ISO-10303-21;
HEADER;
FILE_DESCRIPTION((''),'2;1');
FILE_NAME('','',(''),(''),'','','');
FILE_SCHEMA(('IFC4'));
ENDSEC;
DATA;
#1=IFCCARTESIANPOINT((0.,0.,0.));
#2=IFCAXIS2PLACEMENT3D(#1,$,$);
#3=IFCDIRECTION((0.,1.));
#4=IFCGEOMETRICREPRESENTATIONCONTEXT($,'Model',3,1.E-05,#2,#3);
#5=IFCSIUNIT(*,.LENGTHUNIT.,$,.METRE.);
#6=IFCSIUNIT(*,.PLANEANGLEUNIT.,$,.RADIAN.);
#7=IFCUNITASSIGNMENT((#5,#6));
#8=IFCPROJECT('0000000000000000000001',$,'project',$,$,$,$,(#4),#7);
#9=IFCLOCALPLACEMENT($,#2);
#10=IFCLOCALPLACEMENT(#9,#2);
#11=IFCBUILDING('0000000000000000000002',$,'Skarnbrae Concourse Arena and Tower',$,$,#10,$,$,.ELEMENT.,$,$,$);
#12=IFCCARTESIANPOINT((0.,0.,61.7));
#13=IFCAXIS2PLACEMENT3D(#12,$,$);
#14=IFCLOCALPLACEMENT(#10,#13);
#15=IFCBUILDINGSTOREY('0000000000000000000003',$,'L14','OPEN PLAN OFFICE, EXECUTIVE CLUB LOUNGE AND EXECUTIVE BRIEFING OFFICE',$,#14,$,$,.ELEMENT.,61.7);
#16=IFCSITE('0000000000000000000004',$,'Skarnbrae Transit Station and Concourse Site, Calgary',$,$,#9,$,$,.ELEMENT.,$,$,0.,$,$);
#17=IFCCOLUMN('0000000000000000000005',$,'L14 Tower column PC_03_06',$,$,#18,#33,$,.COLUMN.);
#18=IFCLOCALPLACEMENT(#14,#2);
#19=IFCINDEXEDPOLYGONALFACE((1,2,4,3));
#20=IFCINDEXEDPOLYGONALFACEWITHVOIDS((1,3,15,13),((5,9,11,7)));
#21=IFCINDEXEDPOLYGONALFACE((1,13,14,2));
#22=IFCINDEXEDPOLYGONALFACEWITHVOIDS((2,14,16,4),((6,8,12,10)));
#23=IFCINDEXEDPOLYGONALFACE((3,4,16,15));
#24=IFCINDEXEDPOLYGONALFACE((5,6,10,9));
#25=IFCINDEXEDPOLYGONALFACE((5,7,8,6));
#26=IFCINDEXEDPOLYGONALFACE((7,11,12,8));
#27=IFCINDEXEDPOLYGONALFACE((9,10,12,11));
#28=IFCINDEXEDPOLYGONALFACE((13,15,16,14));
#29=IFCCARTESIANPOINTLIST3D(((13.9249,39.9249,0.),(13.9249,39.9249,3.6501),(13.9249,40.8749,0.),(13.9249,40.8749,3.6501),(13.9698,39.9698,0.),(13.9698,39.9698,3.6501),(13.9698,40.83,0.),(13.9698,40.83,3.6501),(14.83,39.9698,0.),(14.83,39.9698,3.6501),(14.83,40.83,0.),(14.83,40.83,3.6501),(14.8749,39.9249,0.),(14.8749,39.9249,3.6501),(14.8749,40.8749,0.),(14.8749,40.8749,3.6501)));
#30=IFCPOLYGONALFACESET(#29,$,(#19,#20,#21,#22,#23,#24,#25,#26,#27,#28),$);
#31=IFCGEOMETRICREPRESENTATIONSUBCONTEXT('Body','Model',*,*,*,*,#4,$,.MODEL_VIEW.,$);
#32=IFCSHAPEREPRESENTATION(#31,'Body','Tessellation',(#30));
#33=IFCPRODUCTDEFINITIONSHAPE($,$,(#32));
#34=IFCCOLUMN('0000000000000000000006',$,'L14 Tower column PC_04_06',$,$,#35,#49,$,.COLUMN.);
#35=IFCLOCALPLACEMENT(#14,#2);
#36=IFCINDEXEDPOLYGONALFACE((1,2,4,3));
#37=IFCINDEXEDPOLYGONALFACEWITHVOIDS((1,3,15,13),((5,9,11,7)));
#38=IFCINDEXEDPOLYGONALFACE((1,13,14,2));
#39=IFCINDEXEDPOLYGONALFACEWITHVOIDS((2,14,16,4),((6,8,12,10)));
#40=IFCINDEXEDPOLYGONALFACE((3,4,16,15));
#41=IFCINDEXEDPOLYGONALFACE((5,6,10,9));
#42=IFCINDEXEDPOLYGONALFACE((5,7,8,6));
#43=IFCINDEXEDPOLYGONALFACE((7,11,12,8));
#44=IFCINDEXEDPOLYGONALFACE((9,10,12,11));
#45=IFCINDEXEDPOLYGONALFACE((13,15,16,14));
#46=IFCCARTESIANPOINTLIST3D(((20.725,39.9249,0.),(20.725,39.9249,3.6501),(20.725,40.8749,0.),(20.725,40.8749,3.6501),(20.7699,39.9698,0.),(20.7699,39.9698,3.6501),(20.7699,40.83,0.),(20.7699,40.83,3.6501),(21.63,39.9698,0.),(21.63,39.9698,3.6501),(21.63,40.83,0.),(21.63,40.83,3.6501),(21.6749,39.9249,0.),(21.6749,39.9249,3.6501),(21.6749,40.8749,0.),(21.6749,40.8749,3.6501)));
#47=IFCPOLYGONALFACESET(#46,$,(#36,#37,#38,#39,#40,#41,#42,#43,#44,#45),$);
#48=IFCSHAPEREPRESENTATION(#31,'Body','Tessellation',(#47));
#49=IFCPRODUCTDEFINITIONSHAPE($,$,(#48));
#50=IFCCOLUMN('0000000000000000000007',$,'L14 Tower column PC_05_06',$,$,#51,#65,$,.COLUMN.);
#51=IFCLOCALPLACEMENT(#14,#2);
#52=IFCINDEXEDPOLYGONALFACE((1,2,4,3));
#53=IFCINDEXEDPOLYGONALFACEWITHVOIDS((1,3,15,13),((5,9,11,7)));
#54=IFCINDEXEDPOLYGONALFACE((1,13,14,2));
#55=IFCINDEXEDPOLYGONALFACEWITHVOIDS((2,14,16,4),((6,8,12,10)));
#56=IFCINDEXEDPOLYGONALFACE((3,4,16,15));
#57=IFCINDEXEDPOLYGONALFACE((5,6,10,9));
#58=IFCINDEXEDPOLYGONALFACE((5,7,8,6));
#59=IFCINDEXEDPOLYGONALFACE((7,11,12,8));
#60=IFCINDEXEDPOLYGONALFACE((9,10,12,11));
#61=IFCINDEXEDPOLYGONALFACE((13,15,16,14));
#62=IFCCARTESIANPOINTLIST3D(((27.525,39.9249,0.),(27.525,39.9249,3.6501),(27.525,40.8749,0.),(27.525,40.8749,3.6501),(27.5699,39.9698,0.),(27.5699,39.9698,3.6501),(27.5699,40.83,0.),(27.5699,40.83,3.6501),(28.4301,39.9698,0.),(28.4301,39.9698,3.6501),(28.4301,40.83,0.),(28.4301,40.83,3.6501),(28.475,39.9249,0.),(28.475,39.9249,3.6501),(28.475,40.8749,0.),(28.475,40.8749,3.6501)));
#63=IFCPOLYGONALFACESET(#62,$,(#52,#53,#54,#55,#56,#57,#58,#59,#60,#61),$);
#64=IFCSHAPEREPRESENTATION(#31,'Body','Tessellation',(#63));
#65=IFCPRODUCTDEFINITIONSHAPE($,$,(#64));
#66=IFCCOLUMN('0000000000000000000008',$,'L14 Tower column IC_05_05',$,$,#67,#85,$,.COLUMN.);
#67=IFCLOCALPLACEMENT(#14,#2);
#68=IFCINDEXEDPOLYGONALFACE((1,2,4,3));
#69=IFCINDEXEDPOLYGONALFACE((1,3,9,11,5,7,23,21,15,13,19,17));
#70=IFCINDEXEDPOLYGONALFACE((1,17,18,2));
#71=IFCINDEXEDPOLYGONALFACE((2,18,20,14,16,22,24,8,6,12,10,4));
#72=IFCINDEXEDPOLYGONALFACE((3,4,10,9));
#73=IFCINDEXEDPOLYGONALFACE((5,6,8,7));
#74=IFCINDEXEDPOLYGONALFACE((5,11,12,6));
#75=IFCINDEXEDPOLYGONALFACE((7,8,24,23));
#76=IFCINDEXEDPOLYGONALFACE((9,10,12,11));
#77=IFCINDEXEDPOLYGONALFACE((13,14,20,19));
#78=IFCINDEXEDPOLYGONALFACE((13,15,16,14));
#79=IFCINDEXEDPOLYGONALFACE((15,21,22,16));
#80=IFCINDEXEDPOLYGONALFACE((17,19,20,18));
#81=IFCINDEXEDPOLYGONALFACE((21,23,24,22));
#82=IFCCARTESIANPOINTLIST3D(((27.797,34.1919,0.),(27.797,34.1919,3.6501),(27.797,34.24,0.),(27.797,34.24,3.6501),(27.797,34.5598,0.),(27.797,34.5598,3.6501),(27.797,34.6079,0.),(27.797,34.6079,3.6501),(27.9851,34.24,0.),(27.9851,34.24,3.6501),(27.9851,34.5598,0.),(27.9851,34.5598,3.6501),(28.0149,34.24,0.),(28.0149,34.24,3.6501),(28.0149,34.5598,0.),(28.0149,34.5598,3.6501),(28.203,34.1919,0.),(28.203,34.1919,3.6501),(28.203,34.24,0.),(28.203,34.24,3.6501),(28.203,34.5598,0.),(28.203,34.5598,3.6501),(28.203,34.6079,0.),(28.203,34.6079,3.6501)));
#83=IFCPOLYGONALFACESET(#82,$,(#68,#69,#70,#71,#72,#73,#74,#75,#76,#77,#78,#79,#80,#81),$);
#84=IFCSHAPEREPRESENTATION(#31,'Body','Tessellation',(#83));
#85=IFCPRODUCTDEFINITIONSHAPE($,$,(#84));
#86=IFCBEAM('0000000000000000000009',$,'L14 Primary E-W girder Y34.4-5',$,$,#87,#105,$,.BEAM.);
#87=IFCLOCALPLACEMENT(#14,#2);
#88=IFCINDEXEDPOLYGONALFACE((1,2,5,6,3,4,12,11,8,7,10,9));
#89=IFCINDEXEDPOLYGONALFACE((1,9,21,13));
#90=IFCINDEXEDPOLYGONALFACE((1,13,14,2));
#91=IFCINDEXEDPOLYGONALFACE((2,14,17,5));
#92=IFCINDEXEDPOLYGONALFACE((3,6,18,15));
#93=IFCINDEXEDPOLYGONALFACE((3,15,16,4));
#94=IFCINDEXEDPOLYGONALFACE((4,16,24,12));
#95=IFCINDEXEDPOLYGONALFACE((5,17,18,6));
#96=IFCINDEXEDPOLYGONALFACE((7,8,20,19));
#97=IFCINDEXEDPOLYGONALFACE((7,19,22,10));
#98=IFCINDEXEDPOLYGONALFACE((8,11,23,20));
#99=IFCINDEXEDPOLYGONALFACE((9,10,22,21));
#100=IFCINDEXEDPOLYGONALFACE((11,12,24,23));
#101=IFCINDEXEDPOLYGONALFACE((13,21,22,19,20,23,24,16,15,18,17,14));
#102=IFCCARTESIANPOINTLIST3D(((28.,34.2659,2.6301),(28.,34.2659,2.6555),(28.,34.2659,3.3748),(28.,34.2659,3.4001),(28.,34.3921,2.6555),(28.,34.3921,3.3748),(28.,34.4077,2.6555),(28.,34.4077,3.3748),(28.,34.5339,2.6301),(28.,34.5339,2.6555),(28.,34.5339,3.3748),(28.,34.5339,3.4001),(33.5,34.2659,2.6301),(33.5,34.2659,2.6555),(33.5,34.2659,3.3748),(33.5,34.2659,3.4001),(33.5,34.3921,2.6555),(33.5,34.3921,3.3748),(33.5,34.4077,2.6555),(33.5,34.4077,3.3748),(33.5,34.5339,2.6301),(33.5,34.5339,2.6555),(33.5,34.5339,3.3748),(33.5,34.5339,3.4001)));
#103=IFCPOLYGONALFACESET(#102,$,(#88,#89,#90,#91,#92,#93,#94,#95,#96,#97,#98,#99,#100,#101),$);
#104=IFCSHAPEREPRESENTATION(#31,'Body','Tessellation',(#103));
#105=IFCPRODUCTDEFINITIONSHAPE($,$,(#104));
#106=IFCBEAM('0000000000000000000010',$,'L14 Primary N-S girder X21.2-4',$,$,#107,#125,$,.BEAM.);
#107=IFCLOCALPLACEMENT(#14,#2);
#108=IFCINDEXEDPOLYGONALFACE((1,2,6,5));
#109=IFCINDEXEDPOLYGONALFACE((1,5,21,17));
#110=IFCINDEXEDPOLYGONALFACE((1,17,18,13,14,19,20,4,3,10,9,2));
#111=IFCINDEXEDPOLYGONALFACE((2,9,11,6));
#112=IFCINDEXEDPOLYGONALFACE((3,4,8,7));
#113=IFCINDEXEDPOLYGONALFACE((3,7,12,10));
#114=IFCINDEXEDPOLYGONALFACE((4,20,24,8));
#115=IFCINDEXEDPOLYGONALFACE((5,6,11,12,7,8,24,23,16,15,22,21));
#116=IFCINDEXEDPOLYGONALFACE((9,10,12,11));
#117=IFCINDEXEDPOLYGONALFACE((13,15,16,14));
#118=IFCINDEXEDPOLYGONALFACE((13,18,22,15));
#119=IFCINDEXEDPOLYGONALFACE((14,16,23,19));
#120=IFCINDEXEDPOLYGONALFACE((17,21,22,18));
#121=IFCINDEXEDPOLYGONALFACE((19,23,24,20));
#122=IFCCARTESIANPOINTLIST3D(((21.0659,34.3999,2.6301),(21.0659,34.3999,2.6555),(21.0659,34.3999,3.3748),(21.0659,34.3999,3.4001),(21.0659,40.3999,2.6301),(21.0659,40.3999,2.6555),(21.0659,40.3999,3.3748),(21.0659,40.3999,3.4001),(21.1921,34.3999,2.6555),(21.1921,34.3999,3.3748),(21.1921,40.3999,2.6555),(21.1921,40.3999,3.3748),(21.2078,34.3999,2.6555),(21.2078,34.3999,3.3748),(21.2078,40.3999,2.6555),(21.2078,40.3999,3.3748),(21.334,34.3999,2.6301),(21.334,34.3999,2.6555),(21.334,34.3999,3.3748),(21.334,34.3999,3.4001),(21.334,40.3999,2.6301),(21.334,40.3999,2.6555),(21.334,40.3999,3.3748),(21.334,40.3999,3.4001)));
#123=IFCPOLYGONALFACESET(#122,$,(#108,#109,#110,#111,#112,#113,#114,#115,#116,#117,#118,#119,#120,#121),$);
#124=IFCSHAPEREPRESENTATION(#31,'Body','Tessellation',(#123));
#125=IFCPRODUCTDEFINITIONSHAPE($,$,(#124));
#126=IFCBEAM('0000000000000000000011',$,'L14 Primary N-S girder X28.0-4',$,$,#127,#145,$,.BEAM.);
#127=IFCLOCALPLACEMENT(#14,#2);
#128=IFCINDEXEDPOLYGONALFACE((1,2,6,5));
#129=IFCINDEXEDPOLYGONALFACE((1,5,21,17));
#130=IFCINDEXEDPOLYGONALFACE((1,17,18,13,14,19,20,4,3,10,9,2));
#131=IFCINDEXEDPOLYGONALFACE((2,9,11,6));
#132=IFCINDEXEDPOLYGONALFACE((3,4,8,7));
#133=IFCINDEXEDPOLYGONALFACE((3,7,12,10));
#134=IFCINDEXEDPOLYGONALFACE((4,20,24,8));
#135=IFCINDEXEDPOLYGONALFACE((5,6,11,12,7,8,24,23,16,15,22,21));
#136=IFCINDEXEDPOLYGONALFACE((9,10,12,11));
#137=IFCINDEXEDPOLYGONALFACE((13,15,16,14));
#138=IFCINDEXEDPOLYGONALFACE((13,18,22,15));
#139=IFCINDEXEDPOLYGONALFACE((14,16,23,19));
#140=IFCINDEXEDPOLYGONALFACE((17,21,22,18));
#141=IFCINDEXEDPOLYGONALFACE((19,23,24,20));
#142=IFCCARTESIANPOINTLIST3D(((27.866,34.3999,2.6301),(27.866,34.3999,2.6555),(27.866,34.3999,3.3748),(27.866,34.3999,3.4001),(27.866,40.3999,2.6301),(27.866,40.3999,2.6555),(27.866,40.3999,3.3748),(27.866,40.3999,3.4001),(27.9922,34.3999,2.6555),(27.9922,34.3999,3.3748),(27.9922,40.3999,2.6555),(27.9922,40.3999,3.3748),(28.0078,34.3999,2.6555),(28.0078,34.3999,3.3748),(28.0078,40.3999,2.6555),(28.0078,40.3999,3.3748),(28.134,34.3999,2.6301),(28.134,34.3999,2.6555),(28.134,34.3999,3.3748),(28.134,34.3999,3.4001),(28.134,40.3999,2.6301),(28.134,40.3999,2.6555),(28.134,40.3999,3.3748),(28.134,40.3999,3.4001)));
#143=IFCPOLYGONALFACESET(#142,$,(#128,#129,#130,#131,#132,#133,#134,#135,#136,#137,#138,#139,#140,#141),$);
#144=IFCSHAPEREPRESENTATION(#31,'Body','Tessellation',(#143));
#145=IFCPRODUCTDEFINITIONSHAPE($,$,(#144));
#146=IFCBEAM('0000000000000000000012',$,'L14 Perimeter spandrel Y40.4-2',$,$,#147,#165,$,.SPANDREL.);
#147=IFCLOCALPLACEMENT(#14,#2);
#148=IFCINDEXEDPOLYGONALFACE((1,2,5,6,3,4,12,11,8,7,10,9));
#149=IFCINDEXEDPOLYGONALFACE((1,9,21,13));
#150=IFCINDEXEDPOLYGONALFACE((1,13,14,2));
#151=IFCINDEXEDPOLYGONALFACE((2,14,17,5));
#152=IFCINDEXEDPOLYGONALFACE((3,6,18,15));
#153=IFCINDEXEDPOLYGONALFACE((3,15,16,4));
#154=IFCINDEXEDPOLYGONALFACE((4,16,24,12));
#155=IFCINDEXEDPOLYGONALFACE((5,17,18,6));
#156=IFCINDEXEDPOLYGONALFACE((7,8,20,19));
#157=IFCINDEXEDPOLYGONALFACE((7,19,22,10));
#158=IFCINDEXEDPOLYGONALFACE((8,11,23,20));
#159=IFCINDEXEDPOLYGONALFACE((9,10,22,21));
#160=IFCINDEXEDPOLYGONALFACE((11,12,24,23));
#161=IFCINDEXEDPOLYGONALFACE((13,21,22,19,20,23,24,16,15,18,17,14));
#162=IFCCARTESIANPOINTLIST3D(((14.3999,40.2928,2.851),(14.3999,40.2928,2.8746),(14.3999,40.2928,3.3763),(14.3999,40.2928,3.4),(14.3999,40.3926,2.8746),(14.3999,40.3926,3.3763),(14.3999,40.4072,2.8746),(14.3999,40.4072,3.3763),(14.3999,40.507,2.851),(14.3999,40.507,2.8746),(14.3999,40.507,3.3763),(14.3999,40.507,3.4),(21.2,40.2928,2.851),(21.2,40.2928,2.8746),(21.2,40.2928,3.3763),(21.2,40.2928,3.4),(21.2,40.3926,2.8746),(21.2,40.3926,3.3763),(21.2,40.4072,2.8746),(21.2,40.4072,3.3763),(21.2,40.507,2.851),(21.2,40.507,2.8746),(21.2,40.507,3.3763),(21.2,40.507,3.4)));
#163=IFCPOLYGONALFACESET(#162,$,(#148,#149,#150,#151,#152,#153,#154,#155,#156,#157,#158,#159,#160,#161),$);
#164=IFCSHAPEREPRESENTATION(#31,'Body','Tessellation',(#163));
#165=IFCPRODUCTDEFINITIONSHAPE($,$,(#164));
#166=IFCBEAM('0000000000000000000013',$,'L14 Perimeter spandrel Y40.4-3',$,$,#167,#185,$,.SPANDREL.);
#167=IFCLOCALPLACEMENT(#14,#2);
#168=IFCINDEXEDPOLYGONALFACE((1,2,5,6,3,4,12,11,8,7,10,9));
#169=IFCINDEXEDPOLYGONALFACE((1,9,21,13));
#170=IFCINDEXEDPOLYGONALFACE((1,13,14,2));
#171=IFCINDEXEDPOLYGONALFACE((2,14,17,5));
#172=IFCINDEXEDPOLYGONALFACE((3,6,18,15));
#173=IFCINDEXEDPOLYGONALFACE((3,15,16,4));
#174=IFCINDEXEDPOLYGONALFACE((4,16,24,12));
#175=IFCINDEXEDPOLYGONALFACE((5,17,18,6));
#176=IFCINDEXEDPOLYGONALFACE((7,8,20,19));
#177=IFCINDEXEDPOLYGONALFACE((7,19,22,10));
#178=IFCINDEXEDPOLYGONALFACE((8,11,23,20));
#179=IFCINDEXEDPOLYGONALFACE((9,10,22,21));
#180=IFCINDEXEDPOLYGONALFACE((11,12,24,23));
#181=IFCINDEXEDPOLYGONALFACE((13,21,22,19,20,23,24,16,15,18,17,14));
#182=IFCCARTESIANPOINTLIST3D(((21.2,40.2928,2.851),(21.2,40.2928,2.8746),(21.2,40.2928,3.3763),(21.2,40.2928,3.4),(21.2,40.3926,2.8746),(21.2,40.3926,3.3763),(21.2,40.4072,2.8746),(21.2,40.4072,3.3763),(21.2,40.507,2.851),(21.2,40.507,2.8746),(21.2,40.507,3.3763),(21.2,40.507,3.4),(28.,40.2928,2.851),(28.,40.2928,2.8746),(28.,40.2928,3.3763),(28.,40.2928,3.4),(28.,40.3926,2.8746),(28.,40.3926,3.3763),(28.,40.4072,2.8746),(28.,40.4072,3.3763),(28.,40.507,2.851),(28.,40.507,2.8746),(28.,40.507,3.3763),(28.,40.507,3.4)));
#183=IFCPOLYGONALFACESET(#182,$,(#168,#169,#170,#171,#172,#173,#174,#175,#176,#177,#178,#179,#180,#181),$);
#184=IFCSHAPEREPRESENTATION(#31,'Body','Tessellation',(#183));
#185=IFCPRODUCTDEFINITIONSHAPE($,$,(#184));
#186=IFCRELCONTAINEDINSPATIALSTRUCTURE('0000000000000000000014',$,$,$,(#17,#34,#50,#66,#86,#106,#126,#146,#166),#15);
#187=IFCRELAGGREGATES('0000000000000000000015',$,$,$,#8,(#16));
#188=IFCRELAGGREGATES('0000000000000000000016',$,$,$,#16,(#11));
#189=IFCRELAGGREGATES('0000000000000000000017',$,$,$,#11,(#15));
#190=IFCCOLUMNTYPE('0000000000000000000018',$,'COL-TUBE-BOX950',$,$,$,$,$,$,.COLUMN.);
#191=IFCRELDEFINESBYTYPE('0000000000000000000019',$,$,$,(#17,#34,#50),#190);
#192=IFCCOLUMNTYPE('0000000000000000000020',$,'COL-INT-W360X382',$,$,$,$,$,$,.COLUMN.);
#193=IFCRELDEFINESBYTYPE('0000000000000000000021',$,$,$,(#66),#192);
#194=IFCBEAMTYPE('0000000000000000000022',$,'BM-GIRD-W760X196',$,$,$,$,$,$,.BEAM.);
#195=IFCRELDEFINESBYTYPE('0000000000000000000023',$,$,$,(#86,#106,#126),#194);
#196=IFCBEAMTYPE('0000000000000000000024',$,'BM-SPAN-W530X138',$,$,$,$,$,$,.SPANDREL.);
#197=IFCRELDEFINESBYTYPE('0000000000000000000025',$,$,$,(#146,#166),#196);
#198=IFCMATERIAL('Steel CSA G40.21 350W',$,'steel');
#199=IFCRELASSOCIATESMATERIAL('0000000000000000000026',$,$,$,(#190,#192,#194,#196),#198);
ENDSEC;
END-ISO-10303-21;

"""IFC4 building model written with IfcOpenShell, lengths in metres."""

from ifc_helpers import new_model, si_unit, direction, frame, origin, origin_2d, place, context, subcontext, project, spatial, hollow_rectangle, i_section, extrude, source, transform, mapped, material, material_profile, profile_set, type_object, element, save


model = new_model("IFC4")

# Units and contexts
model_context = context("Model", 3, precision=1e-05, world=origin(), true_north=direction((0.0, 1.0)))
body_context = subcontext(model_context, "Body", "Model", "MODEL_VIEW")
ifc_project = project(units=[si_unit("LENGTHUNIT", "METRE"), si_unit("PLANEANGLEUNIT", "RADIAN")], contexts=[model_context])

# Site, building, storey
site_placement = place(None, origin())
site = spatial("IfcSite", under=ifc_project, at=site_placement, Name="Skarnbrae Transit Station and Concourse Site, Calgary", CompositionType="ELEMENT", RefElevation=0.0)
building_placement = place(site_placement, origin())
building = spatial("IfcBuilding", under=site, at=building_placement, Name="Skarnbrae Concourse Arena and Tower", CompositionType="ELEMENT")
storey_placement = place(building_placement, frame((0.0, 0.0, 61.7)))
storey = spatial("IfcBuildingStorey", under=building, at=storey_placement, Name="L14", Description="OPEN PLAN OFFICE, EXECUTIVE CLUB LOUNGE AND EXECUTIVE BRIEFING OFFICE", CompositionType="ELEMENT", Elevation=61.7)

# Columns
ifc_material_1 = material(Name="Steel CSA G40.21 350W", Category="steel")
ifc_material_profile_1 = material_profile(ifc_material_1, hollow_rectangle(XDim=0.95, YDim=0.95, WallThickness=0.0449, at=origin_2d()), Name="BOX950X950X45")
ifc_profile_set_1 = profile_set([ifc_material_profile_1], Name="Steel CSA G40.21 350W")
column_type_1 = type_object("IfcColumnType", Name="COL-TUBE-BOX950", PredefinedType="COLUMN", material=ifc_profile_set_1)
shared_shape_1 = source(origin(), body_context, "Body", "SweptSolid", [
    extrude(hollow_rectangle(XDim=0.95, YDim=0.95, WallThickness=0.0449, at=origin_2d()), origin(), (0.0, 0.0, 1.0), 3.6501),
])
for number, where, z_axis, x_axis, name in (
    (1, (14.3999, 40.3999, 0.0), (0.0, 0.0, 1.0), (1.0, 0.0, 0.0), "L14 Tower column PC_03_06"),
    (2, (21.2, 40.3999, 0.0), (0.0, 0.0, 1.0), (1.0, 0.0, 0.0), "L14 Tower column PC_04_06"),
    (3, (28.0, 40.3999, 0.0), (0.0, 0.0, 1.0), (1.0, 0.0, 0.0), "L14 Tower column PC_05_06"),
):
    element("IfcColumn", number, at=place(storey_placement, frame(where, z_axis=z_axis, x_axis=x_axis)), inside=storey, type_object=column_type_1, Name=name, PredefinedType="COLUMN", context=body_context, shape_type="MappedRepresentation", body=[
        mapped(shared_shape_1, transform((0.0, 0.0, 0.0))),
    ])
ifc_material_profile_2 = material_profile(ifc_material_1, i_section(OverallWidth=0.406, OverallDepth=0.416, WebThickness=0.0298, FlangeThickness=0.0481, at=origin_2d()), Name="W360X382")
ifc_profile_set_2 = profile_set([ifc_material_profile_2], Name="Steel CSA G40.21 350W")
column_type_2 = type_object("IfcColumnType", Name="COL-INT-W360X382", PredefinedType="COLUMN", material=ifc_profile_set_2)
shared_shape_2 = source(origin(), body_context, "Body", "SweptSolid", [
    extrude(i_section(OverallWidth=0.406, OverallDepth=0.416, WebThickness=0.0298, FlangeThickness=0.0481, at=origin_2d()), origin(), (0.0, 0.0, 1.0), 3.6501),
])
column_placement = place(storey_placement, frame((28.0, 34.3999, 0.0), z_axis=(0.0, 0.0, 1.0), x_axis=(1.0, 0.0, 0.0)))
element("IfcColumn", 4, at=column_placement, inside=storey, type_object=column_type_2, Name="L14 Tower column IC_05_05", PredefinedType="COLUMN", context=body_context, shape_type="MappedRepresentation", body=[
    mapped(shared_shape_2, transform((0.0, 0.0, 0.0))),
])

# Beams
ifc_material_profile_3 = material_profile(ifc_material_1, i_section(OverallWidth=0.2681, OverallDepth=0.77, WebThickness=0.0156, FlangeThickness=0.0254, at=origin_2d()), Name="W760X196")
ifc_profile_set_3 = profile_set([ifc_material_profile_3], Name="Steel CSA G40.21 350W")
beam_type_1 = type_object("IfcBeamType", Name="BM-GIRD-W760X196", PredefinedType="BEAM", material=ifc_profile_set_3)
shared_shape_3 = source(origin(), body_context, "Body", "SweptSolid", [
    extrude(i_section(OverallWidth=0.2681, OverallDepth=0.77, WebThickness=0.0156, FlangeThickness=0.0254, at=origin_2d()), origin(), (0.0, 0.0, 1.0), 5.5),
])
beam_1_placement = place(storey_placement, frame((28.0, 34.3999, 3.0151), z_axis=(1.0, 0.0, 0.0), x_axis=(0.0, 1.0, 0.0)))
element("IfcBeam", 5, at=beam_1_placement, inside=storey, type_object=beam_type_1, Name="L14 Primary E-W girder Y34.4-5", PredefinedType="BEAM", context=body_context, shape_type="MappedRepresentation", body=[
    mapped(shared_shape_3, transform((0.0, 0.0, 0.0))),
])
shared_shape_4 = source(origin(), body_context, "Body", "SweptSolid", [
    extrude(i_section(OverallWidth=0.2681, OverallDepth=0.77, WebThickness=0.0156, FlangeThickness=0.0254, at=origin_2d()), origin(), (0.0, 0.0, 1.0), 6.0),
])
for number, where, z_axis, x_axis, name in (
    (6, (21.2, 34.3999, 3.0151), (0.0, 1.0, 0.0), (-1.0, 0.0, 0.0), "L14 Primary N-S girder X21.2-4"),
    (7, (28.0, 34.3999, 3.0151), (0.0, 1.0, 0.0), (-1.0, 0.0, 0.0), "L14 Primary N-S girder X28.0-4"),
):
    element("IfcBeam", number, at=place(storey_placement, frame(where, z_axis=z_axis, x_axis=x_axis)), inside=storey, type_object=beam_type_1, Name=name, PredefinedType="BEAM", context=body_context, shape_type="MappedRepresentation", body=[
        mapped(shared_shape_4, transform((0.0, 0.0, 0.0))),
    ])
ifc_material_profile_4 = material_profile(ifc_material_1, i_section(OverallWidth=0.2141, OverallDepth=0.5491, WebThickness=0.0146, FlangeThickness=0.0237, at=origin_2d()), Name="W530X138")
ifc_profile_set_4 = profile_set([ifc_material_profile_4], Name="Steel CSA G40.21 350W")
beam_type_2 = type_object("IfcBeamType", Name="BM-SPAN-W530X138", PredefinedType="SPANDREL", material=ifc_profile_set_4)
shared_shape_5 = source(origin(), body_context, "Body", "SweptSolid", [
    extrude(i_section(OverallWidth=0.2141, OverallDepth=0.5491, WebThickness=0.0146, FlangeThickness=0.0237, at=origin_2d()), origin(), (0.0, 0.0, 1.0), 6.8),
])
for number, where, z_axis, x_axis, name in (
    (8, (14.3999, 40.3999, 3.1255), (1.0, 0.0, 0.0), (0.0, 1.0, 0.0), "L14 Perimeter spandrel Y40.4-2"),
    (9, (21.2, 40.3999, 3.1255), (1.0, 0.0, 0.0), (0.0, 1.0, 0.0), "L14 Perimeter spandrel Y40.4-3"),
):
    element("IfcBeam", number, at=place(storey_placement, frame(where, z_axis=z_axis, x_axis=x_axis)), inside=storey, type_object=beam_type_2, Name=name, PredefinedType="SPANDREL", context=body_context, shape_type="MappedRepresentation", body=[
        mapped(shared_shape_5, transform((0.0, 0.0, 0.0))),
    ])

save(model, "model.ifc")
